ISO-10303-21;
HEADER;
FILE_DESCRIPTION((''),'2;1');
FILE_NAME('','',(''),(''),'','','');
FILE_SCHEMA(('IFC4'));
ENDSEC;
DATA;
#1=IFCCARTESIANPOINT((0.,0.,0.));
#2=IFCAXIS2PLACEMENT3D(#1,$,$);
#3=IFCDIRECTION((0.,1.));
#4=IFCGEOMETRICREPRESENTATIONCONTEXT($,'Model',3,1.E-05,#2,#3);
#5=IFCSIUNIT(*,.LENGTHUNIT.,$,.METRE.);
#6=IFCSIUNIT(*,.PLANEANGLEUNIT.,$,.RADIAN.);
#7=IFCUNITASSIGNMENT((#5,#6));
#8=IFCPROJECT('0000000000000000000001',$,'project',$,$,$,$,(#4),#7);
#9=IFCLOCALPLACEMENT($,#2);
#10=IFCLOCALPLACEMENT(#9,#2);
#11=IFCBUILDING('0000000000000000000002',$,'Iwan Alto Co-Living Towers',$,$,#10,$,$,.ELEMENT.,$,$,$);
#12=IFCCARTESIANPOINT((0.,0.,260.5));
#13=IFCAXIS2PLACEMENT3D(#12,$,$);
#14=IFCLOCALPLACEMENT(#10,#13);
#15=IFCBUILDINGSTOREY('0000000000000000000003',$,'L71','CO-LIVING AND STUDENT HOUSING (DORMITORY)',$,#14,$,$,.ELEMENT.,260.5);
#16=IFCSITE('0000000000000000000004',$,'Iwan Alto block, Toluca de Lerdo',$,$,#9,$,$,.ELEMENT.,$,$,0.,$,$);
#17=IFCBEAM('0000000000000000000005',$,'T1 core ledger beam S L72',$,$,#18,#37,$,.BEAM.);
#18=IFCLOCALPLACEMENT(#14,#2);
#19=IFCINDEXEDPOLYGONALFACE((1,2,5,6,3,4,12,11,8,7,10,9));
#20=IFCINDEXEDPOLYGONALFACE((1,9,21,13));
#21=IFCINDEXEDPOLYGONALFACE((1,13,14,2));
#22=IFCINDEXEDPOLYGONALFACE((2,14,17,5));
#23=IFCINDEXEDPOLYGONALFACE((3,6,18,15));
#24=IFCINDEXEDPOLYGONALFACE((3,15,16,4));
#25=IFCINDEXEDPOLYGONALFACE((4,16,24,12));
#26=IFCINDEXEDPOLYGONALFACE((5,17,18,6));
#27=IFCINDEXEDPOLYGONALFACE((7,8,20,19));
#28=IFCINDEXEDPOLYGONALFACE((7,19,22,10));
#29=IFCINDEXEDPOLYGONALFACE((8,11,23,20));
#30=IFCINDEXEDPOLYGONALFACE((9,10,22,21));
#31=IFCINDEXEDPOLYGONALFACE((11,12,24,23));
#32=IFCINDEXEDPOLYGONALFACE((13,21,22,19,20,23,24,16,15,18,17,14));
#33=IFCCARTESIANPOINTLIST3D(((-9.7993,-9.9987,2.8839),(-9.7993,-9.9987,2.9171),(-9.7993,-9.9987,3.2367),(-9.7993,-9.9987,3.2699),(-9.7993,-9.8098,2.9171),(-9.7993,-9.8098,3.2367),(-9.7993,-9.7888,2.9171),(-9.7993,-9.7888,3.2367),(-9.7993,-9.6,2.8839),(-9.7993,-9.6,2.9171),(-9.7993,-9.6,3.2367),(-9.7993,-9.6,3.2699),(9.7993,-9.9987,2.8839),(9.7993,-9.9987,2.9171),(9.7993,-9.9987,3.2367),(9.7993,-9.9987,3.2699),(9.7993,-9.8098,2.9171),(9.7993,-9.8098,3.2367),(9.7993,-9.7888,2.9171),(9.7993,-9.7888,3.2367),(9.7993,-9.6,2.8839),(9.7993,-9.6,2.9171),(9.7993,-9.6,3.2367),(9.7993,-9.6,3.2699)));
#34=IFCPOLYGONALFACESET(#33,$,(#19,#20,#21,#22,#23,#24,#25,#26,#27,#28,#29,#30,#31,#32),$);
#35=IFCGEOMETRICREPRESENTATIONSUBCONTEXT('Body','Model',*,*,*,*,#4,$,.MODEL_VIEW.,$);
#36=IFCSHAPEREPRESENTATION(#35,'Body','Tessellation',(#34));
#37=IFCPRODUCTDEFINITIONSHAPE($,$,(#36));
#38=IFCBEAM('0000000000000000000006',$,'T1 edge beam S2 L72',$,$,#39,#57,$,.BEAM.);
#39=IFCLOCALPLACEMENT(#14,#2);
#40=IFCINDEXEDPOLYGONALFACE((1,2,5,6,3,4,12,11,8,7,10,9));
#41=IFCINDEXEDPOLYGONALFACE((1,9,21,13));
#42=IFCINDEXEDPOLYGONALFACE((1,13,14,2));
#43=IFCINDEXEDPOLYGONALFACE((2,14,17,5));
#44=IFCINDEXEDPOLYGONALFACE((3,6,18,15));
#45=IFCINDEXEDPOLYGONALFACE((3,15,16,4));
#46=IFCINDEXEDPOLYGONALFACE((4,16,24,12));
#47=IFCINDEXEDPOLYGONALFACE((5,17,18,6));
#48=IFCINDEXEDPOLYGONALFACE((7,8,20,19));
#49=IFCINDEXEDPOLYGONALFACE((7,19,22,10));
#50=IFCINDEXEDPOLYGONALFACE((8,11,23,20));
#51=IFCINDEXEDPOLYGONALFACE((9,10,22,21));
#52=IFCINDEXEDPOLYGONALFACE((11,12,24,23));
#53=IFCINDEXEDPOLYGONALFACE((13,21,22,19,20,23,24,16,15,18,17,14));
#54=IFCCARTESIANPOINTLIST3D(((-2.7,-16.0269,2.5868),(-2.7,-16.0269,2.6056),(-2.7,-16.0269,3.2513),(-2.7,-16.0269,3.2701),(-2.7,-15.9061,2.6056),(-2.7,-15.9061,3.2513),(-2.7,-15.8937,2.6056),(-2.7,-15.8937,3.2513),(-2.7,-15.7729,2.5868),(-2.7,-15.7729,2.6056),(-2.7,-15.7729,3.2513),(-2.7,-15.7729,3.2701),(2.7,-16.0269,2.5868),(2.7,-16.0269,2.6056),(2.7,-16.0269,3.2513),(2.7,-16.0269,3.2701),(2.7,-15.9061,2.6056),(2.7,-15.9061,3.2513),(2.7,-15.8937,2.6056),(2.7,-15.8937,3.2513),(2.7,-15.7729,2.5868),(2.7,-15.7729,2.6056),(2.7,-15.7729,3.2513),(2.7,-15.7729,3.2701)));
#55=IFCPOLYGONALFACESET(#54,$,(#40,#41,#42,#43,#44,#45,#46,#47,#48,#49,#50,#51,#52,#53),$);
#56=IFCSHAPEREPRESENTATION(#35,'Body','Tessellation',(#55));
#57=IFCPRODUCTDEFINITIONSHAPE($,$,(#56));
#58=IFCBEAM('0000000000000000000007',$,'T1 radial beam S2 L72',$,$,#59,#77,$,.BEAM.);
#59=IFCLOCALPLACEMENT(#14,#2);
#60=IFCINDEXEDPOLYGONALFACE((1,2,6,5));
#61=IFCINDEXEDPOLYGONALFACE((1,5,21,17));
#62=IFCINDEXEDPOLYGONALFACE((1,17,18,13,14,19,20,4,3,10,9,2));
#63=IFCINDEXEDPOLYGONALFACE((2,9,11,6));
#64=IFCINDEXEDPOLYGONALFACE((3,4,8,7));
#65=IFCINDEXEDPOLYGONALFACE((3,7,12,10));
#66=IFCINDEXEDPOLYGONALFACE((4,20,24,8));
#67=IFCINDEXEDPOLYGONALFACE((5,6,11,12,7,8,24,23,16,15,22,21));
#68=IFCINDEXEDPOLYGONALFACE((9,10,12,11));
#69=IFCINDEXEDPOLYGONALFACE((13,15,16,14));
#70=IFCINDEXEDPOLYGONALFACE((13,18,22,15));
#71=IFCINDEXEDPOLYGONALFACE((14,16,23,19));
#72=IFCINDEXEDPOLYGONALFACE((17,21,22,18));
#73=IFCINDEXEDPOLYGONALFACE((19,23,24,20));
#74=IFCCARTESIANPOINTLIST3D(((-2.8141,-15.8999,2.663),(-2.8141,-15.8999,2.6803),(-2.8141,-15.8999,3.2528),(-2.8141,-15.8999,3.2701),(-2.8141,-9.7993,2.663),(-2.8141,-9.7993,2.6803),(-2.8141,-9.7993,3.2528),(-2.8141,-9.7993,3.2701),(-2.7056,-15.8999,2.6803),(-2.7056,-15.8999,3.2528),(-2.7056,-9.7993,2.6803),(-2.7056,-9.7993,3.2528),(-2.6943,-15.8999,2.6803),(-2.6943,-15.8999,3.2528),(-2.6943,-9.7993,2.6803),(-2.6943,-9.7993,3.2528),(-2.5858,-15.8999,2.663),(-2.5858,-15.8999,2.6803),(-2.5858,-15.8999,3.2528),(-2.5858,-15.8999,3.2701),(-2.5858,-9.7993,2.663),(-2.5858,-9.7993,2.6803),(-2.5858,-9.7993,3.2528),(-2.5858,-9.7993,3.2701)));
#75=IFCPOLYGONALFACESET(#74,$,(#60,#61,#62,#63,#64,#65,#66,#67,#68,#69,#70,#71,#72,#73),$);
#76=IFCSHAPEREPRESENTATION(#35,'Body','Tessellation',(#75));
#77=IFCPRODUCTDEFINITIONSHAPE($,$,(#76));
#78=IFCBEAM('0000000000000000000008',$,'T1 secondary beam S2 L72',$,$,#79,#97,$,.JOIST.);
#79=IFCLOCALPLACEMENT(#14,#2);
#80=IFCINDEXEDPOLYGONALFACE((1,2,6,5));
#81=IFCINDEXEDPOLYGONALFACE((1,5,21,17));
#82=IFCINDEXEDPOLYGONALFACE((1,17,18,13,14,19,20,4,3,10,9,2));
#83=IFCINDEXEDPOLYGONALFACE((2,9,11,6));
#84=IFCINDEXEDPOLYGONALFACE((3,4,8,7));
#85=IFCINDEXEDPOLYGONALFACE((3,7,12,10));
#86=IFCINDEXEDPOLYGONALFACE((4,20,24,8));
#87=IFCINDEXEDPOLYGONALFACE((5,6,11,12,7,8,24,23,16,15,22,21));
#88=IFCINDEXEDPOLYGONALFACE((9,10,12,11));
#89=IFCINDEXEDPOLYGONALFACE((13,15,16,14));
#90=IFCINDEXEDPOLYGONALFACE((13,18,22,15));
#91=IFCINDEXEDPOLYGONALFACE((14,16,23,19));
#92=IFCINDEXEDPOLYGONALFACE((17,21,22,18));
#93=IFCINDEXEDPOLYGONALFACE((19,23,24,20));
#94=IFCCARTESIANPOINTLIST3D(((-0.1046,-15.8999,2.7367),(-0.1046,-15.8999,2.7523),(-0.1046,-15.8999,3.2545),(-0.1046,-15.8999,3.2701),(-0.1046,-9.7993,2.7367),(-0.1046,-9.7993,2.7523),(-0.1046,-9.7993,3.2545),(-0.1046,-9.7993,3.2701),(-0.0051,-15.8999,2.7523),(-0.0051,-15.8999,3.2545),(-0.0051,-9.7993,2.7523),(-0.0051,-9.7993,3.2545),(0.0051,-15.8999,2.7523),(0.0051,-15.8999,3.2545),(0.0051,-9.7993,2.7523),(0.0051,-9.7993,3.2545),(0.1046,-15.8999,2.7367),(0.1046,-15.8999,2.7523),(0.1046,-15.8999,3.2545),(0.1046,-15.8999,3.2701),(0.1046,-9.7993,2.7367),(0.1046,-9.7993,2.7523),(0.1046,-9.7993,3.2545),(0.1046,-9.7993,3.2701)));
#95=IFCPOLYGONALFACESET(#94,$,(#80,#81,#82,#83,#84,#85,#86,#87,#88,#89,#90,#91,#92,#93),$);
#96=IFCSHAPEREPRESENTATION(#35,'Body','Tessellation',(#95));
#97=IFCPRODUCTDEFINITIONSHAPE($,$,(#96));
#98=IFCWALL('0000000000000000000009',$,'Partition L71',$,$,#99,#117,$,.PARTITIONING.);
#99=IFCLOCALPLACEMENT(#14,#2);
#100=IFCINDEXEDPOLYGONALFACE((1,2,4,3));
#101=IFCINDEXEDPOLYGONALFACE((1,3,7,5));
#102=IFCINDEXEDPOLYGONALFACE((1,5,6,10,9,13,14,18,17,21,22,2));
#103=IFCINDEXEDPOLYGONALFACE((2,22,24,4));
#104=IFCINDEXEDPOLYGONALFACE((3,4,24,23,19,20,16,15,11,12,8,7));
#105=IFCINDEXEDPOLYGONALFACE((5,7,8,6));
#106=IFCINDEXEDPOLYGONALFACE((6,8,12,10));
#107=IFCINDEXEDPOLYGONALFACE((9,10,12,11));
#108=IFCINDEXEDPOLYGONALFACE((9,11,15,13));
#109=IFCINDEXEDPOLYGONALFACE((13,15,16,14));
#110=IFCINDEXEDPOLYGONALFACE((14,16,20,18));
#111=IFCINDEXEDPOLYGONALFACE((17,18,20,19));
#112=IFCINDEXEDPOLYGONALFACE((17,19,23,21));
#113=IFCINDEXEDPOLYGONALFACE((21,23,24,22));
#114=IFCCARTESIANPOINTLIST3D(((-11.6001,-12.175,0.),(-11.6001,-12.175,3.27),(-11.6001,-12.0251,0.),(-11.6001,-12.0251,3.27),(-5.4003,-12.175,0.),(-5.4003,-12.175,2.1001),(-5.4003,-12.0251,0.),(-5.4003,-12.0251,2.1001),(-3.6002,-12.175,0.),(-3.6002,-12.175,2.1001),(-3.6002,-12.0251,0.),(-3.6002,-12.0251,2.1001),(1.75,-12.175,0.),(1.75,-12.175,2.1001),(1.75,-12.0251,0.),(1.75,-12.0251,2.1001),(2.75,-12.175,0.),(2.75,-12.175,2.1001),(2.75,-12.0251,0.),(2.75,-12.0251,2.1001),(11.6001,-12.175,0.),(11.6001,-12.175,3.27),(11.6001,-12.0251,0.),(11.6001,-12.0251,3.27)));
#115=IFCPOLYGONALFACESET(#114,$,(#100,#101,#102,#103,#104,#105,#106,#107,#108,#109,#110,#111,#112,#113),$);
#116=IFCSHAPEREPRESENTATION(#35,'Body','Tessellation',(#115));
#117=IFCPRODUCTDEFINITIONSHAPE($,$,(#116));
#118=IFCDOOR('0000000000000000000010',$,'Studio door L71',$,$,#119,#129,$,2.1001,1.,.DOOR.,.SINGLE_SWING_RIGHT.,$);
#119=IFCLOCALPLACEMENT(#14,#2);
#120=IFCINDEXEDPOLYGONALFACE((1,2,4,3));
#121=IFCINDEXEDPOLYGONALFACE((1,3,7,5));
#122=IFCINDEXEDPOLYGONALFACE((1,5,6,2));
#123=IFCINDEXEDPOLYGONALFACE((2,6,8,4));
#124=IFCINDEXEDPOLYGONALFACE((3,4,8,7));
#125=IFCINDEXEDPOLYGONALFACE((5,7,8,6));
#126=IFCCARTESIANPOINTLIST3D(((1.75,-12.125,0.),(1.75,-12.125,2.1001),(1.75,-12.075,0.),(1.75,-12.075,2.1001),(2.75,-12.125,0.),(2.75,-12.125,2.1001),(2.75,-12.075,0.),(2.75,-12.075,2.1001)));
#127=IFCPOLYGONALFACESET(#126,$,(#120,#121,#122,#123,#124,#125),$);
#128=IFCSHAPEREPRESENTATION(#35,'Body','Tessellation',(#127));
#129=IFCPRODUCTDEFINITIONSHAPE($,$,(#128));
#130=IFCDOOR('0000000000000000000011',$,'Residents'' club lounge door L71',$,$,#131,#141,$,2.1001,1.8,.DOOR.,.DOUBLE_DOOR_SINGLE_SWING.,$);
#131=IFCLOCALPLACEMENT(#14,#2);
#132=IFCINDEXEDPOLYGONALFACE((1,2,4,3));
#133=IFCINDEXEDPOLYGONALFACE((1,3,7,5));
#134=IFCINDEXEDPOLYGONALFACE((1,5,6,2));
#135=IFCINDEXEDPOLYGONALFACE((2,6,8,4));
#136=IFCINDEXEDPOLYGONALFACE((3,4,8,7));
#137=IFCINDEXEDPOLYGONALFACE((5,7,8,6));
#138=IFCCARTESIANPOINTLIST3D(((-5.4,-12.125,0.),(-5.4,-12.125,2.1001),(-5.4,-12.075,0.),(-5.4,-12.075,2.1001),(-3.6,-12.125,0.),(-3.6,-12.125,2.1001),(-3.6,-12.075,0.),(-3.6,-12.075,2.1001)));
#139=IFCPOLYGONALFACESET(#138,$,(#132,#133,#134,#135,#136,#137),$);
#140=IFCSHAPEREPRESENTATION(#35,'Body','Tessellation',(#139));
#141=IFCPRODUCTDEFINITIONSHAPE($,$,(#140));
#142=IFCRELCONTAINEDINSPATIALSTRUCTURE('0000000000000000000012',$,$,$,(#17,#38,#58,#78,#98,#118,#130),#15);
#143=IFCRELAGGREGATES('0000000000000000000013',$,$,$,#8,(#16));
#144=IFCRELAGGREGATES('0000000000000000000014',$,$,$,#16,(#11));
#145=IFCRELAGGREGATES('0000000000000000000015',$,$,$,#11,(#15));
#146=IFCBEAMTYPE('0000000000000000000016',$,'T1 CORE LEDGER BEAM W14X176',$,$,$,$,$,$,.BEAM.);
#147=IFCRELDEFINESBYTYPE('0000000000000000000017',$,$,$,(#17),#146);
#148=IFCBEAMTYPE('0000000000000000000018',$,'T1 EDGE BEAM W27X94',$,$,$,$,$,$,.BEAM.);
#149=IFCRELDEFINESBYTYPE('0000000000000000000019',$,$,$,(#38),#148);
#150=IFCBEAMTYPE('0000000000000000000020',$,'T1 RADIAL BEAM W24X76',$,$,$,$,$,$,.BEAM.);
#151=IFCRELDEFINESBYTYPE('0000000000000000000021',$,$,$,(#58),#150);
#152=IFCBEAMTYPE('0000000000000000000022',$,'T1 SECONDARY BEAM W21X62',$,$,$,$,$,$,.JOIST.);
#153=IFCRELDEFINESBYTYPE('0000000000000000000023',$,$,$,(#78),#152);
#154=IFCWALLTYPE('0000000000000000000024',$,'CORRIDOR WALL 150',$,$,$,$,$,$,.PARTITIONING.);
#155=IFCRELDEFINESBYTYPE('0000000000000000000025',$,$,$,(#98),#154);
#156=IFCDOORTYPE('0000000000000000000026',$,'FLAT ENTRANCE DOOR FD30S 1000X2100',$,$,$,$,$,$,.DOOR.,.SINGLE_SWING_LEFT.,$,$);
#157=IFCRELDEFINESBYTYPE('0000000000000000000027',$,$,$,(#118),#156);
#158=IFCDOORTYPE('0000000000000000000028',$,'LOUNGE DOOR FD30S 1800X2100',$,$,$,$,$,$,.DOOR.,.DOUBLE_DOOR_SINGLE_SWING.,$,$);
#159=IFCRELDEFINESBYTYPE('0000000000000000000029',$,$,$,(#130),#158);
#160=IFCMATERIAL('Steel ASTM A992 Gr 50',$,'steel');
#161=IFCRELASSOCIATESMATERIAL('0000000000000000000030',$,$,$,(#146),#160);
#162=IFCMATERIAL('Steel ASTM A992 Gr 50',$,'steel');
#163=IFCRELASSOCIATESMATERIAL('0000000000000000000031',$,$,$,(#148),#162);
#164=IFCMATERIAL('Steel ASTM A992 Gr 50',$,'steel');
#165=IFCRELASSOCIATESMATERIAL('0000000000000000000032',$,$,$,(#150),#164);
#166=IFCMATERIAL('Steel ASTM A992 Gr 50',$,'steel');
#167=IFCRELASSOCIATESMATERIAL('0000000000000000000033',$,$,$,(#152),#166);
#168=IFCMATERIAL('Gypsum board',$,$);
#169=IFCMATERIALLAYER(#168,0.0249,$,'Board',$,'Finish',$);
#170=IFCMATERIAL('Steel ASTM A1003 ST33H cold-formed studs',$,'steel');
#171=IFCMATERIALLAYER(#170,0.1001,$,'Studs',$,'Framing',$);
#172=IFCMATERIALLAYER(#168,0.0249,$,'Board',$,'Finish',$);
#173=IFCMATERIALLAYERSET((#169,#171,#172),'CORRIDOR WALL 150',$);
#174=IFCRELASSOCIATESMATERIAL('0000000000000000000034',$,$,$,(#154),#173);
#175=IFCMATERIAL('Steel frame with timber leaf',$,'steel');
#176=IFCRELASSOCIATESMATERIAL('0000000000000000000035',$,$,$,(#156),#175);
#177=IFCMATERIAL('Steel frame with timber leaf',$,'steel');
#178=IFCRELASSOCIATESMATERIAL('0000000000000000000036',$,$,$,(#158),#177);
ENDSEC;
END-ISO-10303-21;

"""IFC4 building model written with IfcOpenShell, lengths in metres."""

from ifc_helpers import new_model, si_unit, direction, frame, frame_2d, origin, origin_2d, place, context, subcontext, project, spatial, rectangle, i_section, extrude, material, layer, layer_set, material_profile, profile_set, type_object, element, fill, save


model = new_model("IFC4")

# Units and contexts
model_context = context("Model", 3, precision=1e-05, world=origin(), true_north=direction((0.0, 1.0)))
body_context = subcontext(model_context, "Body", "Model", "MODEL_VIEW")
ifc_project = project(units=[si_unit("LENGTHUNIT", "METRE"), si_unit("PLANEANGLEUNIT", "RADIAN")], contexts=[model_context])

# Site, building, storey
site_placement = place(None, origin())
site = spatial("IfcSite", under=ifc_project, at=site_placement, Name="Iwan Alto block, Toluca de Lerdo", CompositionType="ELEMENT", RefElevation=0.0)
building_placement = place(site_placement, origin())
building = spatial("IfcBuilding", under=site, at=building_placement, Name="Iwan Alto Co-Living Towers", CompositionType="ELEMENT")
storey_placement = place(building_placement, frame((0.0, 0.0, 260.5)))
storey = spatial("IfcBuildingStorey", under=building, at=storey_placement, Name="L71", Description="CO-LIVING AND STUDENT HOUSING (DORMITORY)", CompositionType="ELEMENT", Elevation=260.5)

# Beams
ifc_material_1 = material(Name="Steel ASTM A992 Gr 50", Category="steel")
ifc_material_profile_1 = material_profile(ifc_material_1, i_section(OverallWidth=0.3987, OverallDepth=0.386, WebThickness=0.021, FlangeThickness=0.0332, at=origin_2d()), Name="W14X176")
ifc_profile_set_1 = profile_set([ifc_material_profile_1], Name="Steel ASTM A992 Gr 50")
beam_type_1 = type_object("IfcBeamType", Name="T1 CORE LEDGER BEAM W14X176", PredefinedType="BEAM", material=ifc_profile_set_1)
beam_1_placement = place(storey_placement, frame((-9.7993, -9.7993, 3.0769), z_axis=(1.0, 0.0, 0.0), x_axis=(0.0, 1.0, 0.0)))
element("IfcBeam", 1, at=beam_1_placement, inside=storey, type_object=beam_type_1, Name="T1 core ledger beam S L72", PredefinedType="BEAM", context=body_context, shape_type="SweptSolid", body=[
    extrude(i_section(OverallWidth=0.3987, OverallDepth=0.386, WebThickness=0.021, FlangeThickness=0.0332, at=origin_2d()), origin(), (0.0, 0.0, 1.0), 19.5986),
])
ifc_material_2 = material(Name="Steel ASTM A992 Gr 50", Category="steel")
ifc_material_profile_2 = material_profile(ifc_material_2, i_section(OverallWidth=0.2539, OverallDepth=0.6833, WebThickness=0.0125, FlangeThickness=0.0188, at=origin_2d()), Name="W27X94")
ifc_profile_set_2 = profile_set([ifc_material_profile_2], Name="Steel ASTM A992 Gr 50")
beam_type_2 = type_object("IfcBeamType", Name="T1 EDGE BEAM W27X94", PredefinedType="BEAM", material=ifc_profile_set_2)
beam_2_placement = place(storey_placement, frame((-2.7, -15.8999, 2.9285), z_axis=(1.0, 0.0, 0.0), x_axis=(0.0, 1.0, 0.0)))
element("IfcBeam", 2, at=beam_2_placement, inside=storey, type_object=beam_type_2, Name="T1 edge beam S2 L72", PredefinedType="BEAM", context=body_context, shape_type="SweptSolid", body=[
    extrude(i_section(OverallWidth=0.2539, OverallDepth=0.6833, WebThickness=0.0125, FlangeThickness=0.0188, at=origin_2d()), origin(), (0.0, 0.0, 1.0), 5.3999),
])
ifc_material_3 = material(Name="Steel ASTM A992 Gr 50", Category="steel")
ifc_material_profile_3 = material_profile(ifc_material_3, i_section(OverallWidth=0.2283, OverallDepth=0.6072, WebThickness=0.0112, FlangeThickness=0.0173, at=origin_2d()), Name="W24X76")
ifc_profile_set_3 = profile_set([ifc_material_profile_3], Name="Steel ASTM A992 Gr 50")
beam_type_3 = type_object("IfcBeamType", Name="T1 RADIAL BEAM W24X76", PredefinedType="BEAM", material=ifc_profile_set_3)
beam_3_placement = place(storey_placement, frame((-2.7, -15.8999, 2.9666), z_axis=(0.0, 1.0, 0.0), x_axis=(-1.0, 0.0, 0.0)))
element("IfcBeam", 3, at=beam_3_placement, inside=storey, type_object=beam_type_3, Name="T1 radial beam S2 L72", PredefinedType="BEAM", context=body_context, shape_type="SweptSolid", body=[
    extrude(i_section(OverallWidth=0.2283, OverallDepth=0.6072, WebThickness=0.0112, FlangeThickness=0.0173, at=origin_2d()), origin(), (0.0, 0.0, 1.0), 6.1006),
])
ifc_material_4 = material(Name="Steel ASTM A992 Gr 50", Category="steel")
ifc_material_profile_4 = material_profile(ifc_material_4, i_section(OverallWidth=0.2092, OverallDepth=0.5334, WebThickness=0.0103, FlangeThickness=0.0156, at=origin_2d()), Name="W21X62")
ifc_profile_set_4 = profile_set([ifc_material_profile_4], Name="Steel ASTM A992 Gr 50")
beam_type_4 = type_object("IfcBeamType", Name="T1 SECONDARY BEAM W21X62", PredefinedType="JOIST", material=ifc_profile_set_4)
beam_4_placement = place(storey_placement, frame((0.0, -15.8999, 3.0034), z_axis=(0.0, 1.0, 0.0), x_axis=(-1.0, 0.0, 0.0)))
element("IfcBeam", 4, at=beam_4_placement, inside=storey, type_object=beam_type_4, Name="T1 secondary beam S2 L72", PredefinedType="JOIST", context=body_context, shape_type="SweptSolid", body=[
    extrude(i_section(OverallWidth=0.2092, OverallDepth=0.5334, WebThickness=0.0103, FlangeThickness=0.0156, at=origin_2d()), origin(), (0.0, 0.0, 1.0), 6.1006),
])

# Wall, openings, doors
ifc_material_5 = material(Name="Gypsum board")
ifc_layer_1 = layer(ifc_material_5, 0.0249, Name="Board", Category="Finish")
ifc_material_6 = material(Name="Steel ASTM A1003 ST33H cold-formed studs", Category="steel")
ifc_layer_2 = layer(ifc_material_6, 0.1001, Name="Studs", Category="Framing")
ifc_layer_3 = layer(ifc_material_5, 0.0249, Name="Board", Category="Finish")
ifc_layer_set_1 = layer_set([ifc_layer_1, ifc_layer_2, ifc_layer_3], Name="CORRIDOR WALL 150")
wall_type_1 = type_object("IfcWallType", Name="CORRIDOR WALL 150", PredefinedType="PARTITIONING", material=ifc_layer_set_1)
wall_1_placement = place(storey_placement, frame((-11.6001, -12.1001, 0.0), z_axis=(0.0, 0.0, 1.0), x_axis=(1.0, 0.0, 0.0)))
wall_1 = element("IfcWall", 5, at=wall_1_placement, inside=storey, type_object=wall_type_1, Name="Partition L71", PredefinedType="PARTITIONING", context=body_context, shape_type="SweptSolid", body=[
    extrude(rectangle(XDim=23.2002, YDim=0.1499, at=frame_2d((11.6001, 0.0))), origin(), (0.0, 0.0, 1.0), 3.27),
])
opening_1_placement = place(wall_1_placement, frame((6.2, 0.0, 0.0)))
opening_1 = element("IfcOpeningElement", 6, at=opening_1_placement, cuts=wall_1, PredefinedType="OPENING", context=body_context, shape_type="SweptSolid", body=[
    extrude(rectangle(XDim=1.8, YDim=2.1001, at=frame_2d((0.8999, 1.05))), frame((0.0, 0.085, 0.0), z_axis=(0.0, -1.0, 0.0), x_axis=(1.0, 0.0, 0.0)), (0.0, 0.0, 1.0), 0.1699),
])
opening_2_placement = place(wall_1_placement, frame((13.3501, 0.0, 0.0)))
opening_2 = element("IfcOpeningElement", 7, at=opening_2_placement, cuts=wall_1, PredefinedType="OPENING", context=body_context, shape_type="SweptSolid", body=[
    extrude(rectangle(XDim=1.0, YDim=2.1001, at=frame_2d((0.5, 1.05))), frame((0.0, 0.085, 0.0), z_axis=(0.0, -1.0, 0.0), x_axis=(1.0, 0.0, 0.0)), (0.0, 0.0, 1.0), 0.1699),
])
ifc_material_7 = material(Name="Steel frame with timber leaf", Category="steel")
door_type_1 = type_object("IfcDoorType", Name="FLAT ENTRANCE DOOR FD30S 1000X2100", OperationType="SINGLE_SWING_LEFT", PredefinedType="DOOR", material=ifc_material_7)
door_1_placement = place(opening_2_placement, frame((1.0, 0.0, 0.0), z_axis=(0.0, 0.0, 1.0), x_axis=(-1.0, 0.0, 0.0)))
door_1 = element("IfcDoor", 8, at=door_1_placement, inside=storey, type_object=door_type_1, Name="Studio door L71", OperationType="SINGLE_SWING_RIGHT", OverallHeight=2.1001, OverallWidth=1.0, PredefinedType="DOOR", context=body_context, shape_type="SweptSolid", body=[
    extrude(rectangle(XDim=1.0, YDim=2.1001, at=frame_2d((0.5, 1.05))), frame((0.0, 0.0249, 0.0), z_axis=(0.0, -1.0, 0.0), x_axis=(1.0, 0.0, 0.0)), (0.0, 0.0, 1.0), 0.05),
])
fill(opening_2, door_1)
ifc_material_8 = material(Name="Steel frame with timber leaf", Category="steel")
door_type_2 = type_object("IfcDoorType", Name="LOUNGE DOOR FD30S 1800X2100", OperationType="DOUBLE_DOOR_SINGLE_SWING", PredefinedType="DOOR", material=ifc_material_8)
door_2_placement = place(opening_1_placement, frame((1.8, 0.0, 0.0), z_axis=(0.0, 0.0, 1.0), x_axis=(-1.0, 0.0, 0.0)))
door_2 = element("IfcDoor", 9, at=door_2_placement, inside=storey, type_object=door_type_2, Name="Residents' club lounge door L71", OperationType="DOUBLE_DOOR_SINGLE_SWING", OverallHeight=2.1001, OverallWidth=1.8, PredefinedType="DOOR", context=body_context, shape_type="SweptSolid", body=[
    extrude(rectangle(XDim=1.8, YDim=2.1001, at=frame_2d((0.8999, 1.05))), frame((0.0, 0.0249, 0.0), z_axis=(0.0, -1.0, 0.0), x_axis=(1.0, 0.0, 0.0)), (0.0, 0.0, 1.0), 0.05),
])
fill(opening_1, door_2)

save(model, "model.ifc")
